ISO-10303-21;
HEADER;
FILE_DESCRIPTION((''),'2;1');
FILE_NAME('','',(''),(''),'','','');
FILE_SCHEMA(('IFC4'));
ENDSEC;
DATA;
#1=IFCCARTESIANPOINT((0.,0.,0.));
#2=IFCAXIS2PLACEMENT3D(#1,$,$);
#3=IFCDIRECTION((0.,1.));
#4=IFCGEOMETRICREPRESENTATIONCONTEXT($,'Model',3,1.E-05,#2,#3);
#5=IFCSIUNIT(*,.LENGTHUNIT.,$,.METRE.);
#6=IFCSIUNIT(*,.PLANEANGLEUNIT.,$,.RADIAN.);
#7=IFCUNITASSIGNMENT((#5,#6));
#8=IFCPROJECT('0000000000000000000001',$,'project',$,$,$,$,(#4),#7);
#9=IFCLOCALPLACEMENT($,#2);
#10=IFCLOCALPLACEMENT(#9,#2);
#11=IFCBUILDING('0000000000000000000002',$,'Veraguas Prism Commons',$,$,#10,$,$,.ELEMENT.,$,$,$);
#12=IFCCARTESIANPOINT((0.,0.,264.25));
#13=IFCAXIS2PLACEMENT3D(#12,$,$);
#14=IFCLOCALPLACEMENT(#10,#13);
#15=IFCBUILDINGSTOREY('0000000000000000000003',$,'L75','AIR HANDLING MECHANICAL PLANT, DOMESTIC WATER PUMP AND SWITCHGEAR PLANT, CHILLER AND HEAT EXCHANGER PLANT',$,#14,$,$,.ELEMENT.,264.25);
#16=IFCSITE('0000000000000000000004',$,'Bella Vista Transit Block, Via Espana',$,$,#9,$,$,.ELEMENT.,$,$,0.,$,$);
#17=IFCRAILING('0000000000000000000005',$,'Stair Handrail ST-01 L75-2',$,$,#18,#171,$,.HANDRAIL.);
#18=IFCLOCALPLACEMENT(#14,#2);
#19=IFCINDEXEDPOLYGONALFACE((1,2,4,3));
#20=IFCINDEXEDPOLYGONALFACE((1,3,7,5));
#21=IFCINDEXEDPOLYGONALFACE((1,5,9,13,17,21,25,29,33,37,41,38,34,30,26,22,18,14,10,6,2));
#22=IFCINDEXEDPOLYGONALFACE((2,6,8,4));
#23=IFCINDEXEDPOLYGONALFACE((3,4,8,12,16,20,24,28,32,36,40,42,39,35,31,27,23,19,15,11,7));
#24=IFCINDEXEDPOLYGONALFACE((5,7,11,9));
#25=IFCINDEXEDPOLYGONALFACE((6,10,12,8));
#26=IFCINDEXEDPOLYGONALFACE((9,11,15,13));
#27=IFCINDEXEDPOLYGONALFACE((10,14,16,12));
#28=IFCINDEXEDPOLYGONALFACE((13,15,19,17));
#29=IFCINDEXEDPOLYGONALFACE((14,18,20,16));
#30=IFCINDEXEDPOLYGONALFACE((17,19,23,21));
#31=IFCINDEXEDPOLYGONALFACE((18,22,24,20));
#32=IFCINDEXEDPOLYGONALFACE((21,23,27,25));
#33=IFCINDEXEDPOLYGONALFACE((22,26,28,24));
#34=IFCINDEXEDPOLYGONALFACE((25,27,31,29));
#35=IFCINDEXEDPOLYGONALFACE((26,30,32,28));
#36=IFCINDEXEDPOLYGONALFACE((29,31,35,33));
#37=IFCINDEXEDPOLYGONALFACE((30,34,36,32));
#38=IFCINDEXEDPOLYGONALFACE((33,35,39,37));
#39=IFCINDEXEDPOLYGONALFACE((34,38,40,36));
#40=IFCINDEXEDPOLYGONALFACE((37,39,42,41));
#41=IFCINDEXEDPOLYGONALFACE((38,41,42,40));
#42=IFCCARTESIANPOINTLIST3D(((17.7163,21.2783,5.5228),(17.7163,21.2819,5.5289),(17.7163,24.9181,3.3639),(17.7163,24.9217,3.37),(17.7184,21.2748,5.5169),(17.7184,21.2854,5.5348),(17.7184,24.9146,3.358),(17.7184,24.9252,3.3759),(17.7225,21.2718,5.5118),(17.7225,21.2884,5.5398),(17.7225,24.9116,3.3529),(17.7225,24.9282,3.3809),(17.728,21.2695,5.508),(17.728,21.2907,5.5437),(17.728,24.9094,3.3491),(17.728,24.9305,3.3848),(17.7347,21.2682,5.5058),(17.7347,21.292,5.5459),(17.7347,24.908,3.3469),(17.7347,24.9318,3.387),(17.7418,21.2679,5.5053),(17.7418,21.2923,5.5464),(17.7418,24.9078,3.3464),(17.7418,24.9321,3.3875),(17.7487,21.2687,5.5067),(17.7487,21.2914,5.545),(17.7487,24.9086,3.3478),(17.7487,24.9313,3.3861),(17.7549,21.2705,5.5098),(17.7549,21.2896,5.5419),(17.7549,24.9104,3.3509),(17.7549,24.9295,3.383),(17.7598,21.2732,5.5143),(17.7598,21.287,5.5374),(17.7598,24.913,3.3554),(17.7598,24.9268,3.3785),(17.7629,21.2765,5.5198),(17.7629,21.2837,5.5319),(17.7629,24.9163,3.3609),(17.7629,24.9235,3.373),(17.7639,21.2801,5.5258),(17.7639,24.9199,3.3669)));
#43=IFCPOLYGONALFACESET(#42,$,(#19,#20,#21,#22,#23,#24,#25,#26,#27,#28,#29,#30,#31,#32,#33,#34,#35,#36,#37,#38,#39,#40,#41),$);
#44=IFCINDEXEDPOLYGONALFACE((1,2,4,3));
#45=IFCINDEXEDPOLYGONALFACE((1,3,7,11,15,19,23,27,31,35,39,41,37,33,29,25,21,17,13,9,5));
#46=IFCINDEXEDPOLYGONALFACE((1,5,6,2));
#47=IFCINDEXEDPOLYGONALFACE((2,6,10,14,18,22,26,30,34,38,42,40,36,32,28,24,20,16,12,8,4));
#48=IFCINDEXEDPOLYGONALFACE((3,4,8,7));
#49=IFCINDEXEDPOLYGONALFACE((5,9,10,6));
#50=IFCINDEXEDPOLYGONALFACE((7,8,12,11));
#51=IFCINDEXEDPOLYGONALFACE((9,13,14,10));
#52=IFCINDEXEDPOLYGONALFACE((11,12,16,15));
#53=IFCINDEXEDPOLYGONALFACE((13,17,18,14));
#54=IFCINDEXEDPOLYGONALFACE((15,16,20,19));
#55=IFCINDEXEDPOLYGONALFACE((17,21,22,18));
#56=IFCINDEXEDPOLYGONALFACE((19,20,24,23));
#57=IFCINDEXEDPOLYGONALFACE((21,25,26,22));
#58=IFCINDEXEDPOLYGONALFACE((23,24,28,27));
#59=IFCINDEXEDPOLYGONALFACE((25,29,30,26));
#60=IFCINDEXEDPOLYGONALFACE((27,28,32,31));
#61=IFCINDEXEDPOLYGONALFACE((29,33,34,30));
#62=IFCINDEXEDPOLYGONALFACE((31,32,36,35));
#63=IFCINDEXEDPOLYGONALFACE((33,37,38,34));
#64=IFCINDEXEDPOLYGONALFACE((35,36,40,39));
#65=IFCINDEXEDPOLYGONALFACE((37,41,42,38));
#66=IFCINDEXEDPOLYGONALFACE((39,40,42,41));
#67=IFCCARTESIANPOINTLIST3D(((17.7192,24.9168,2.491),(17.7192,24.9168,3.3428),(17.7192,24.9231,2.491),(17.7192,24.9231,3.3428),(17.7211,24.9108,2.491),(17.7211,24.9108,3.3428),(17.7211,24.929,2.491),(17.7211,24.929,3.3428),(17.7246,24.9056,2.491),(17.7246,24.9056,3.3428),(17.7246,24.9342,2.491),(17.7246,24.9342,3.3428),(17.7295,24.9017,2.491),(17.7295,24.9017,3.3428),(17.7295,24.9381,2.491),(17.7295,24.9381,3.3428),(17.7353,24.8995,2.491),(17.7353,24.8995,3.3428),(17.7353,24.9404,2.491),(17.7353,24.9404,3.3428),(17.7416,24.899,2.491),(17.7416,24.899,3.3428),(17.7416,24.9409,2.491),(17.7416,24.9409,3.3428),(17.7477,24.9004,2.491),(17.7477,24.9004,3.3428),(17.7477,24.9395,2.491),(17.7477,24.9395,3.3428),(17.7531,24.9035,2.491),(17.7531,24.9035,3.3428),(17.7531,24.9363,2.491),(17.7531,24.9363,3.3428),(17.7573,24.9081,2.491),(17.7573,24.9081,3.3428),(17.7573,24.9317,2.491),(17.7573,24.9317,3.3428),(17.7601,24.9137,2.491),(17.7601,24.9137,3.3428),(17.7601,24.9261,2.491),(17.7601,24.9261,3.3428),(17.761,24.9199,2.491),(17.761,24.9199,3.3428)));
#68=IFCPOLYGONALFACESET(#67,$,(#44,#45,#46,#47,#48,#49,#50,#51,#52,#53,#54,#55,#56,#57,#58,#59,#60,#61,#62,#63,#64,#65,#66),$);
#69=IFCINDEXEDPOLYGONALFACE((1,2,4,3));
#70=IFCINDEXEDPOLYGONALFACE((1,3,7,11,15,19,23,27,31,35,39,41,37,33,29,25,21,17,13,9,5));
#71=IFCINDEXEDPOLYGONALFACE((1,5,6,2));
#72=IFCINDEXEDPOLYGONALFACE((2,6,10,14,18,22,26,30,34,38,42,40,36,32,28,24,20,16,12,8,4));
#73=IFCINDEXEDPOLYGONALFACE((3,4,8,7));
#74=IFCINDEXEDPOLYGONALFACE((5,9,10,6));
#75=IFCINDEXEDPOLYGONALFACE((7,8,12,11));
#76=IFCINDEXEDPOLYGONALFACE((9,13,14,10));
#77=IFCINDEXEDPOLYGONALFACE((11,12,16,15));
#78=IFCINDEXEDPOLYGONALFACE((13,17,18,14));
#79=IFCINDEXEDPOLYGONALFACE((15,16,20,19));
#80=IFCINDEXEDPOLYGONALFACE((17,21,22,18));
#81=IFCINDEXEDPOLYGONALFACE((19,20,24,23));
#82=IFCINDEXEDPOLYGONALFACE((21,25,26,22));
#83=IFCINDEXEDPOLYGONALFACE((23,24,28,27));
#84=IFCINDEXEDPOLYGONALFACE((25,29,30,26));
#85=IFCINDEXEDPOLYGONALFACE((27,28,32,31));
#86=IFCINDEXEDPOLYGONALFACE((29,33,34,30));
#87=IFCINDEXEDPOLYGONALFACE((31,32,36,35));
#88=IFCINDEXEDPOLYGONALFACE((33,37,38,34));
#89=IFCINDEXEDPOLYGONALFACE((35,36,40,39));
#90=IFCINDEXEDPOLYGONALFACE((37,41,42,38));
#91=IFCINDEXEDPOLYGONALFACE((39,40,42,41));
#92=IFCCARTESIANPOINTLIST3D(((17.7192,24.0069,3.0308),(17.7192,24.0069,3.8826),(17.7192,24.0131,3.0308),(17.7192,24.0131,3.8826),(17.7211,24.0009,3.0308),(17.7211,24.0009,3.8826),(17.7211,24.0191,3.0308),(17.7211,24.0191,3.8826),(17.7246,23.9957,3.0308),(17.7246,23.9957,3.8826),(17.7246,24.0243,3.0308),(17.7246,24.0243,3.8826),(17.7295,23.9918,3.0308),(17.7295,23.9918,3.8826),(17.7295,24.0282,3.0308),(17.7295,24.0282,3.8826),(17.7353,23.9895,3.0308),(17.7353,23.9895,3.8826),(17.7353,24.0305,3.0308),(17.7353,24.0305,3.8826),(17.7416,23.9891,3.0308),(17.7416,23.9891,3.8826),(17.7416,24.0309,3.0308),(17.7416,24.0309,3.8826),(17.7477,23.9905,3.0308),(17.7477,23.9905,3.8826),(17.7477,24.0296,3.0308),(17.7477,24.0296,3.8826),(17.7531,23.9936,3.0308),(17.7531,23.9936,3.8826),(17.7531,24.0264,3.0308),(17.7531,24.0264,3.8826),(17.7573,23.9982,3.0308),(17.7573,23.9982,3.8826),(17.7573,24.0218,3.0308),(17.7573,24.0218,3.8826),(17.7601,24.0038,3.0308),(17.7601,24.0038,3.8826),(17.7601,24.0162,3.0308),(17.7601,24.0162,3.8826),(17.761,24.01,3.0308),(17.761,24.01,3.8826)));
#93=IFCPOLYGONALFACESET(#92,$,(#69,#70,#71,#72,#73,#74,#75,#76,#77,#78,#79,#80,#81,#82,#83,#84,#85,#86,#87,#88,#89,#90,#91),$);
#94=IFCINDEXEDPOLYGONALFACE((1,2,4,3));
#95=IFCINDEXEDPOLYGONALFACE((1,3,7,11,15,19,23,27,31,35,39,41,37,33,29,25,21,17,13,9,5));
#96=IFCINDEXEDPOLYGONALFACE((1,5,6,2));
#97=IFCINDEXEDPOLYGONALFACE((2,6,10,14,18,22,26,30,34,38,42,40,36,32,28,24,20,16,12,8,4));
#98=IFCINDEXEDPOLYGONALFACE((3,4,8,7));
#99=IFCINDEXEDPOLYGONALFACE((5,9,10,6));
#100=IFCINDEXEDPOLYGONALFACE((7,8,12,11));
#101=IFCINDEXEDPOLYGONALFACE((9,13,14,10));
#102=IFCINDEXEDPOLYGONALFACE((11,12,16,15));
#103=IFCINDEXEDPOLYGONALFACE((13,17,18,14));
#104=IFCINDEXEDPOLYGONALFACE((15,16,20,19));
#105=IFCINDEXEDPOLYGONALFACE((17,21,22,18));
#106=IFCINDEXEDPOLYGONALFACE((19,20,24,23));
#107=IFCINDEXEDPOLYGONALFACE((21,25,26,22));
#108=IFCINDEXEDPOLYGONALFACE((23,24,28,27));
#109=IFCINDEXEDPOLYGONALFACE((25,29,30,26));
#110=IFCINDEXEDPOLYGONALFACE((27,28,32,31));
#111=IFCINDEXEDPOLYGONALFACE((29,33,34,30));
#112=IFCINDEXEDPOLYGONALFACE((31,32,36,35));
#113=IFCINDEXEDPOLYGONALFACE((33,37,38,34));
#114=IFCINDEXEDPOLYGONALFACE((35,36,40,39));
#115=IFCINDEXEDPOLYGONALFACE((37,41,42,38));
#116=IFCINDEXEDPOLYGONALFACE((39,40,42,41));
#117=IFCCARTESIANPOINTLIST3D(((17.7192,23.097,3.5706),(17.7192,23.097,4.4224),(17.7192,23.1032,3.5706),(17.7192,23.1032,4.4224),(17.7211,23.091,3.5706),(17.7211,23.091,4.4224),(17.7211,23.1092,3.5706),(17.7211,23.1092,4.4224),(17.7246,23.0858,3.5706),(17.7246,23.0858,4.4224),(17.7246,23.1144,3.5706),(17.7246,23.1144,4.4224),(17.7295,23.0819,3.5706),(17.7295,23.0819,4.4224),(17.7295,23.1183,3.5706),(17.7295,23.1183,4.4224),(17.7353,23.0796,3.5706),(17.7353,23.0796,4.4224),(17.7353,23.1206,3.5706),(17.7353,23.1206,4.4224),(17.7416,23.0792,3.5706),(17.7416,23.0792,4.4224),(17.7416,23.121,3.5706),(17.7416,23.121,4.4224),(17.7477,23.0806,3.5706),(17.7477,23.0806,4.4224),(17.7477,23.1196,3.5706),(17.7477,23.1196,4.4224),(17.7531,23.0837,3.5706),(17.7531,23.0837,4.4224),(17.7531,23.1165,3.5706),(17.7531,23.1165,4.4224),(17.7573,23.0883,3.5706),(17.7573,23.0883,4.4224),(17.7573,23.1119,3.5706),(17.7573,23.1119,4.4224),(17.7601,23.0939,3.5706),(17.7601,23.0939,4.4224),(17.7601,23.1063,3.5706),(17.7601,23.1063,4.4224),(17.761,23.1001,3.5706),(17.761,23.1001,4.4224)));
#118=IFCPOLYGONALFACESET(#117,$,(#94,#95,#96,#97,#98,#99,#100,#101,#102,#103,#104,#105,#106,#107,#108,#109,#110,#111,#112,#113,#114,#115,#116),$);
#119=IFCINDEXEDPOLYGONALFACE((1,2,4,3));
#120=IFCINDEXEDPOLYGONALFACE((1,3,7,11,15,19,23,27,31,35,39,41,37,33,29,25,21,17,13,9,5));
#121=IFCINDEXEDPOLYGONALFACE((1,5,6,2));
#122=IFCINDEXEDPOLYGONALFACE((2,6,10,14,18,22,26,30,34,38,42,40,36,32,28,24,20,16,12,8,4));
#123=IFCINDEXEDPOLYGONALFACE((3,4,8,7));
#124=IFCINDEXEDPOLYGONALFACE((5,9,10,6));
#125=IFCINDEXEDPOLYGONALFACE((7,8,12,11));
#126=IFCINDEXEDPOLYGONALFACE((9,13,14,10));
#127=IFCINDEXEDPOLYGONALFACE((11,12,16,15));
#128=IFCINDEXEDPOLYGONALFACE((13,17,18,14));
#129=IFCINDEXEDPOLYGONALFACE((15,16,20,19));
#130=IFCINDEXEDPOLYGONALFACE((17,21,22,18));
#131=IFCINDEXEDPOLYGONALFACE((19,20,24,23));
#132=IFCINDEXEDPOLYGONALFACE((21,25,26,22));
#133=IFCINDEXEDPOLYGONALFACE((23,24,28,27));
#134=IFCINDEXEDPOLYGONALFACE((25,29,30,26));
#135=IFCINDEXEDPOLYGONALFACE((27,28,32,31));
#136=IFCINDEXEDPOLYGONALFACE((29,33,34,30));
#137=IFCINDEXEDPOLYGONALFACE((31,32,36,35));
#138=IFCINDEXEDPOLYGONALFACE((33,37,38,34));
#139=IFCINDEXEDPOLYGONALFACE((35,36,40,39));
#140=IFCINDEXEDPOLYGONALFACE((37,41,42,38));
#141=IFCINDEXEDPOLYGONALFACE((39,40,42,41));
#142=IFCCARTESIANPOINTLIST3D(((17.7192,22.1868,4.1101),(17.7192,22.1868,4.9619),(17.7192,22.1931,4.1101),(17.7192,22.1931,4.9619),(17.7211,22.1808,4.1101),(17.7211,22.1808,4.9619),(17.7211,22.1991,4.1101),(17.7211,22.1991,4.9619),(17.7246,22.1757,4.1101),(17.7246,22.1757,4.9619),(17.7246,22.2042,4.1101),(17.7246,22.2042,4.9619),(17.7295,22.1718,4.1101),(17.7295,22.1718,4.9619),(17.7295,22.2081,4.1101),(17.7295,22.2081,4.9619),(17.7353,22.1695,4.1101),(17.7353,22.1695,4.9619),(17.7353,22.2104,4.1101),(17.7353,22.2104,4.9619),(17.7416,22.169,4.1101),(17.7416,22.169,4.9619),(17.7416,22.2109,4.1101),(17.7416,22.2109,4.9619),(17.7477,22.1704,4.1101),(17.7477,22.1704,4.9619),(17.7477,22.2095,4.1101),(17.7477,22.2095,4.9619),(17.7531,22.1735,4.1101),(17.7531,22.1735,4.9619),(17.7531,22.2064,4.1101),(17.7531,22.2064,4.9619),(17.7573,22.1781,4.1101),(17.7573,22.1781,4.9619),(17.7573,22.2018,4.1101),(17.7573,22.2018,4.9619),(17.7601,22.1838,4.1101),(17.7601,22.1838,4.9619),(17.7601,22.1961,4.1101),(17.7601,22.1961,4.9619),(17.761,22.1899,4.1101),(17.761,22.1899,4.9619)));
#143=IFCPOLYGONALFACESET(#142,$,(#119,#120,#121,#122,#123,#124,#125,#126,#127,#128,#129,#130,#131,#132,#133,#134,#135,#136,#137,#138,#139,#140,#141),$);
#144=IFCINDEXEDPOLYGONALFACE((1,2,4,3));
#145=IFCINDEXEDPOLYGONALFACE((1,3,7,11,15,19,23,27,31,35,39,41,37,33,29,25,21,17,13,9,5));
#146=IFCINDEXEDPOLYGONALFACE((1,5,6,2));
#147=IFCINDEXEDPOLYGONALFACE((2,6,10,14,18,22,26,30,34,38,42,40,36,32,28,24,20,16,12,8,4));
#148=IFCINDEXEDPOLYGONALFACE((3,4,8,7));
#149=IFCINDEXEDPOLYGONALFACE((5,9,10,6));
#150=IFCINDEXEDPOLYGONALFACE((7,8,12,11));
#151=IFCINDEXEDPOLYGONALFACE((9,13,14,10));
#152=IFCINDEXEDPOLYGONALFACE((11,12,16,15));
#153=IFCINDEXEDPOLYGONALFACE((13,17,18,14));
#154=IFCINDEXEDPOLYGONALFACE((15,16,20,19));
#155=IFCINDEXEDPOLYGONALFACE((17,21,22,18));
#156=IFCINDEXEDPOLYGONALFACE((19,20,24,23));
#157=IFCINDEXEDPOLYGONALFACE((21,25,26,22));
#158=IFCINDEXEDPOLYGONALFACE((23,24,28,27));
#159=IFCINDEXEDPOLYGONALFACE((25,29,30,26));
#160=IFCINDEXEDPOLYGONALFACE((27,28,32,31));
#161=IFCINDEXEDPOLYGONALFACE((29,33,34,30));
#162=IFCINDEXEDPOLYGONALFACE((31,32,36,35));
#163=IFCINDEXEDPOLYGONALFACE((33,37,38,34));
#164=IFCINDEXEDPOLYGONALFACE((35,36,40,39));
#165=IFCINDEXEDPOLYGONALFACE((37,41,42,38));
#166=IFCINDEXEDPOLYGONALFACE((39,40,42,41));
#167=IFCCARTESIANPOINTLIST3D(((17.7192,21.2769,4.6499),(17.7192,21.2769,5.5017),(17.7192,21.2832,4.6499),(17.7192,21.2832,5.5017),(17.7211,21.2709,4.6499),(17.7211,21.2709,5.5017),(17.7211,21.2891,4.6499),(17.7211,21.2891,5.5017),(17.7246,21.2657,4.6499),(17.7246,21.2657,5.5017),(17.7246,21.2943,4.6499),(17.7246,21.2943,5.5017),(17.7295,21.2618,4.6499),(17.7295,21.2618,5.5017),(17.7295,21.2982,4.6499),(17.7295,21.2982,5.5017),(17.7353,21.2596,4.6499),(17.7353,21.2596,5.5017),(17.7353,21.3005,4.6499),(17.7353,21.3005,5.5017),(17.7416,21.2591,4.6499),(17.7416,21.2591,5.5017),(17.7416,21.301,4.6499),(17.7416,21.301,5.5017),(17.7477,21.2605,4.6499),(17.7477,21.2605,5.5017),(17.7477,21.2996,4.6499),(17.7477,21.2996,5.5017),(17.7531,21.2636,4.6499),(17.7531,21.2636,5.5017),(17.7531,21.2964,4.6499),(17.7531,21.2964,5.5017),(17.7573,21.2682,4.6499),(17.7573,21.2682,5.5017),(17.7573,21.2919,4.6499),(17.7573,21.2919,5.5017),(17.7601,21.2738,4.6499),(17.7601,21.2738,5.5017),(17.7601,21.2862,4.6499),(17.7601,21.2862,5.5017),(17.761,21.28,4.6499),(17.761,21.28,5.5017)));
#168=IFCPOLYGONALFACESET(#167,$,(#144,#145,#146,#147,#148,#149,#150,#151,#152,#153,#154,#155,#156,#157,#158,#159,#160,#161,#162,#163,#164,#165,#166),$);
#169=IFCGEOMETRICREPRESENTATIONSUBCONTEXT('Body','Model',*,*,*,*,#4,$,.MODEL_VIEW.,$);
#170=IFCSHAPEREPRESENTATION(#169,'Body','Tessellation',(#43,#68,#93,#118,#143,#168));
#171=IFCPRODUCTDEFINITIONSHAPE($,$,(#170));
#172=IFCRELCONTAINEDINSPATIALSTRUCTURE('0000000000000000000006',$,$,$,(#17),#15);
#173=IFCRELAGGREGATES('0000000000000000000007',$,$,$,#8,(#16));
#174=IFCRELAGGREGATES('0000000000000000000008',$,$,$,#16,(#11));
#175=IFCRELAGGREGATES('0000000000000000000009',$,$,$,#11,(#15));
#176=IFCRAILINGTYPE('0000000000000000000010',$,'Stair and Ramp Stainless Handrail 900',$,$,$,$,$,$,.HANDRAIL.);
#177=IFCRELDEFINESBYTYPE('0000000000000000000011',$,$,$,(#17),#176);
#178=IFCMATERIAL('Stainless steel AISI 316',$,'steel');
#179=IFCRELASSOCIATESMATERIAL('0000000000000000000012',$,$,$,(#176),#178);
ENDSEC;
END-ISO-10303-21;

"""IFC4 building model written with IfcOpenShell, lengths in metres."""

from ifc_helpers import new_model, si_unit, direction, frame, origin, origin_2d, place, context, subcontext, project, spatial, circle, extrude, material, type_object, element, save


model = new_model("IFC4")

# Units and contexts
model_context = context("Model", 3, precision=1e-05, world=origin(), true_north=direction((0.0, 1.0)))
body_context = subcontext(model_context, "Body", "Model", "MODEL_VIEW")
ifc_project = project(units=[si_unit("LENGTHUNIT", "METRE"), si_unit("PLANEANGLEUNIT", "RADIAN")], contexts=[model_context])

# Site, building, storey
site_placement = place(None, origin())
site = spatial("IfcSite", under=ifc_project, at=site_placement, Name="Bella Vista Transit Block, Via Espana", CompositionType="ELEMENT", RefElevation=0.0)
building_placement = place(site_placement, origin())
building = spatial("IfcBuilding", under=site, at=building_placement, Name="Veraguas Prism Commons", CompositionType="ELEMENT")
storey_placement = place(building_placement, frame((0.0, 0.0, 264.25)))
storey = spatial("IfcBuildingStorey", under=building, at=storey_placement, Name="L75", Description="AIR HANDLING MECHANICAL PLANT, DOMESTIC WATER PUMP AND SWITCHGEAR PLANT, CHILLER AND HEAT EXCHANGER PLANT", CompositionType="ELEMENT", Elevation=264.25)

# Railing
ifc_material_1 = material(Name="Stainless steel AISI 316", Category="steel")
railing_type_1 = type_object("IfcRailingType", Name="Stair and Ramp Stainless Handrail 900", PredefinedType="HANDRAIL", material=ifc_material_1)
railing_1_placement = place(storey_placement, frame((17.74, 24.9199, 2.491)))
element("IfcRailing", 1, at=railing_1_placement, inside=storey, type_object=railing_type_1, Name="Stair Handrail ST-01 L75-2", PredefinedType="HANDRAIL", context=body_context, shape_type="SweptSolid", body=[
    extrude(circle(Radius=0.0239, at=origin_2d()), frame((0.0, 0.0, 0.876), z_axis=(0.0, -0.860088, 0.510145), x_axis=(1.0, 0.0, 0.0)), (0.0, 0.0, 1.0), 4.2319),
    extrude(circle(Radius=0.021, at=origin_2d()), origin(), (0.0, 0.0, 1.0), 0.8518),
    extrude(circle(Radius=0.021, at=origin_2d()), frame((0.0, -0.9099, 0.5398)), (0.0, 0.0, 1.0), 0.8518),
    extrude(circle(Radius=0.021, at=origin_2d()), frame((0.0, -1.8198, 1.0796)), (0.0, 0.0, 1.0), 0.8518),
    extrude(circle(Radius=0.021, at=origin_2d()), frame((0.0, -2.73, 1.6191)), (0.0, 0.0, 1.0), 0.8518),
    extrude(circle(Radius=0.021, at=origin_2d()), frame((0.0, -3.6399, 2.1589)), (0.0, 0.0, 1.0), 0.8518),
])

save(model, "model.ifc")
